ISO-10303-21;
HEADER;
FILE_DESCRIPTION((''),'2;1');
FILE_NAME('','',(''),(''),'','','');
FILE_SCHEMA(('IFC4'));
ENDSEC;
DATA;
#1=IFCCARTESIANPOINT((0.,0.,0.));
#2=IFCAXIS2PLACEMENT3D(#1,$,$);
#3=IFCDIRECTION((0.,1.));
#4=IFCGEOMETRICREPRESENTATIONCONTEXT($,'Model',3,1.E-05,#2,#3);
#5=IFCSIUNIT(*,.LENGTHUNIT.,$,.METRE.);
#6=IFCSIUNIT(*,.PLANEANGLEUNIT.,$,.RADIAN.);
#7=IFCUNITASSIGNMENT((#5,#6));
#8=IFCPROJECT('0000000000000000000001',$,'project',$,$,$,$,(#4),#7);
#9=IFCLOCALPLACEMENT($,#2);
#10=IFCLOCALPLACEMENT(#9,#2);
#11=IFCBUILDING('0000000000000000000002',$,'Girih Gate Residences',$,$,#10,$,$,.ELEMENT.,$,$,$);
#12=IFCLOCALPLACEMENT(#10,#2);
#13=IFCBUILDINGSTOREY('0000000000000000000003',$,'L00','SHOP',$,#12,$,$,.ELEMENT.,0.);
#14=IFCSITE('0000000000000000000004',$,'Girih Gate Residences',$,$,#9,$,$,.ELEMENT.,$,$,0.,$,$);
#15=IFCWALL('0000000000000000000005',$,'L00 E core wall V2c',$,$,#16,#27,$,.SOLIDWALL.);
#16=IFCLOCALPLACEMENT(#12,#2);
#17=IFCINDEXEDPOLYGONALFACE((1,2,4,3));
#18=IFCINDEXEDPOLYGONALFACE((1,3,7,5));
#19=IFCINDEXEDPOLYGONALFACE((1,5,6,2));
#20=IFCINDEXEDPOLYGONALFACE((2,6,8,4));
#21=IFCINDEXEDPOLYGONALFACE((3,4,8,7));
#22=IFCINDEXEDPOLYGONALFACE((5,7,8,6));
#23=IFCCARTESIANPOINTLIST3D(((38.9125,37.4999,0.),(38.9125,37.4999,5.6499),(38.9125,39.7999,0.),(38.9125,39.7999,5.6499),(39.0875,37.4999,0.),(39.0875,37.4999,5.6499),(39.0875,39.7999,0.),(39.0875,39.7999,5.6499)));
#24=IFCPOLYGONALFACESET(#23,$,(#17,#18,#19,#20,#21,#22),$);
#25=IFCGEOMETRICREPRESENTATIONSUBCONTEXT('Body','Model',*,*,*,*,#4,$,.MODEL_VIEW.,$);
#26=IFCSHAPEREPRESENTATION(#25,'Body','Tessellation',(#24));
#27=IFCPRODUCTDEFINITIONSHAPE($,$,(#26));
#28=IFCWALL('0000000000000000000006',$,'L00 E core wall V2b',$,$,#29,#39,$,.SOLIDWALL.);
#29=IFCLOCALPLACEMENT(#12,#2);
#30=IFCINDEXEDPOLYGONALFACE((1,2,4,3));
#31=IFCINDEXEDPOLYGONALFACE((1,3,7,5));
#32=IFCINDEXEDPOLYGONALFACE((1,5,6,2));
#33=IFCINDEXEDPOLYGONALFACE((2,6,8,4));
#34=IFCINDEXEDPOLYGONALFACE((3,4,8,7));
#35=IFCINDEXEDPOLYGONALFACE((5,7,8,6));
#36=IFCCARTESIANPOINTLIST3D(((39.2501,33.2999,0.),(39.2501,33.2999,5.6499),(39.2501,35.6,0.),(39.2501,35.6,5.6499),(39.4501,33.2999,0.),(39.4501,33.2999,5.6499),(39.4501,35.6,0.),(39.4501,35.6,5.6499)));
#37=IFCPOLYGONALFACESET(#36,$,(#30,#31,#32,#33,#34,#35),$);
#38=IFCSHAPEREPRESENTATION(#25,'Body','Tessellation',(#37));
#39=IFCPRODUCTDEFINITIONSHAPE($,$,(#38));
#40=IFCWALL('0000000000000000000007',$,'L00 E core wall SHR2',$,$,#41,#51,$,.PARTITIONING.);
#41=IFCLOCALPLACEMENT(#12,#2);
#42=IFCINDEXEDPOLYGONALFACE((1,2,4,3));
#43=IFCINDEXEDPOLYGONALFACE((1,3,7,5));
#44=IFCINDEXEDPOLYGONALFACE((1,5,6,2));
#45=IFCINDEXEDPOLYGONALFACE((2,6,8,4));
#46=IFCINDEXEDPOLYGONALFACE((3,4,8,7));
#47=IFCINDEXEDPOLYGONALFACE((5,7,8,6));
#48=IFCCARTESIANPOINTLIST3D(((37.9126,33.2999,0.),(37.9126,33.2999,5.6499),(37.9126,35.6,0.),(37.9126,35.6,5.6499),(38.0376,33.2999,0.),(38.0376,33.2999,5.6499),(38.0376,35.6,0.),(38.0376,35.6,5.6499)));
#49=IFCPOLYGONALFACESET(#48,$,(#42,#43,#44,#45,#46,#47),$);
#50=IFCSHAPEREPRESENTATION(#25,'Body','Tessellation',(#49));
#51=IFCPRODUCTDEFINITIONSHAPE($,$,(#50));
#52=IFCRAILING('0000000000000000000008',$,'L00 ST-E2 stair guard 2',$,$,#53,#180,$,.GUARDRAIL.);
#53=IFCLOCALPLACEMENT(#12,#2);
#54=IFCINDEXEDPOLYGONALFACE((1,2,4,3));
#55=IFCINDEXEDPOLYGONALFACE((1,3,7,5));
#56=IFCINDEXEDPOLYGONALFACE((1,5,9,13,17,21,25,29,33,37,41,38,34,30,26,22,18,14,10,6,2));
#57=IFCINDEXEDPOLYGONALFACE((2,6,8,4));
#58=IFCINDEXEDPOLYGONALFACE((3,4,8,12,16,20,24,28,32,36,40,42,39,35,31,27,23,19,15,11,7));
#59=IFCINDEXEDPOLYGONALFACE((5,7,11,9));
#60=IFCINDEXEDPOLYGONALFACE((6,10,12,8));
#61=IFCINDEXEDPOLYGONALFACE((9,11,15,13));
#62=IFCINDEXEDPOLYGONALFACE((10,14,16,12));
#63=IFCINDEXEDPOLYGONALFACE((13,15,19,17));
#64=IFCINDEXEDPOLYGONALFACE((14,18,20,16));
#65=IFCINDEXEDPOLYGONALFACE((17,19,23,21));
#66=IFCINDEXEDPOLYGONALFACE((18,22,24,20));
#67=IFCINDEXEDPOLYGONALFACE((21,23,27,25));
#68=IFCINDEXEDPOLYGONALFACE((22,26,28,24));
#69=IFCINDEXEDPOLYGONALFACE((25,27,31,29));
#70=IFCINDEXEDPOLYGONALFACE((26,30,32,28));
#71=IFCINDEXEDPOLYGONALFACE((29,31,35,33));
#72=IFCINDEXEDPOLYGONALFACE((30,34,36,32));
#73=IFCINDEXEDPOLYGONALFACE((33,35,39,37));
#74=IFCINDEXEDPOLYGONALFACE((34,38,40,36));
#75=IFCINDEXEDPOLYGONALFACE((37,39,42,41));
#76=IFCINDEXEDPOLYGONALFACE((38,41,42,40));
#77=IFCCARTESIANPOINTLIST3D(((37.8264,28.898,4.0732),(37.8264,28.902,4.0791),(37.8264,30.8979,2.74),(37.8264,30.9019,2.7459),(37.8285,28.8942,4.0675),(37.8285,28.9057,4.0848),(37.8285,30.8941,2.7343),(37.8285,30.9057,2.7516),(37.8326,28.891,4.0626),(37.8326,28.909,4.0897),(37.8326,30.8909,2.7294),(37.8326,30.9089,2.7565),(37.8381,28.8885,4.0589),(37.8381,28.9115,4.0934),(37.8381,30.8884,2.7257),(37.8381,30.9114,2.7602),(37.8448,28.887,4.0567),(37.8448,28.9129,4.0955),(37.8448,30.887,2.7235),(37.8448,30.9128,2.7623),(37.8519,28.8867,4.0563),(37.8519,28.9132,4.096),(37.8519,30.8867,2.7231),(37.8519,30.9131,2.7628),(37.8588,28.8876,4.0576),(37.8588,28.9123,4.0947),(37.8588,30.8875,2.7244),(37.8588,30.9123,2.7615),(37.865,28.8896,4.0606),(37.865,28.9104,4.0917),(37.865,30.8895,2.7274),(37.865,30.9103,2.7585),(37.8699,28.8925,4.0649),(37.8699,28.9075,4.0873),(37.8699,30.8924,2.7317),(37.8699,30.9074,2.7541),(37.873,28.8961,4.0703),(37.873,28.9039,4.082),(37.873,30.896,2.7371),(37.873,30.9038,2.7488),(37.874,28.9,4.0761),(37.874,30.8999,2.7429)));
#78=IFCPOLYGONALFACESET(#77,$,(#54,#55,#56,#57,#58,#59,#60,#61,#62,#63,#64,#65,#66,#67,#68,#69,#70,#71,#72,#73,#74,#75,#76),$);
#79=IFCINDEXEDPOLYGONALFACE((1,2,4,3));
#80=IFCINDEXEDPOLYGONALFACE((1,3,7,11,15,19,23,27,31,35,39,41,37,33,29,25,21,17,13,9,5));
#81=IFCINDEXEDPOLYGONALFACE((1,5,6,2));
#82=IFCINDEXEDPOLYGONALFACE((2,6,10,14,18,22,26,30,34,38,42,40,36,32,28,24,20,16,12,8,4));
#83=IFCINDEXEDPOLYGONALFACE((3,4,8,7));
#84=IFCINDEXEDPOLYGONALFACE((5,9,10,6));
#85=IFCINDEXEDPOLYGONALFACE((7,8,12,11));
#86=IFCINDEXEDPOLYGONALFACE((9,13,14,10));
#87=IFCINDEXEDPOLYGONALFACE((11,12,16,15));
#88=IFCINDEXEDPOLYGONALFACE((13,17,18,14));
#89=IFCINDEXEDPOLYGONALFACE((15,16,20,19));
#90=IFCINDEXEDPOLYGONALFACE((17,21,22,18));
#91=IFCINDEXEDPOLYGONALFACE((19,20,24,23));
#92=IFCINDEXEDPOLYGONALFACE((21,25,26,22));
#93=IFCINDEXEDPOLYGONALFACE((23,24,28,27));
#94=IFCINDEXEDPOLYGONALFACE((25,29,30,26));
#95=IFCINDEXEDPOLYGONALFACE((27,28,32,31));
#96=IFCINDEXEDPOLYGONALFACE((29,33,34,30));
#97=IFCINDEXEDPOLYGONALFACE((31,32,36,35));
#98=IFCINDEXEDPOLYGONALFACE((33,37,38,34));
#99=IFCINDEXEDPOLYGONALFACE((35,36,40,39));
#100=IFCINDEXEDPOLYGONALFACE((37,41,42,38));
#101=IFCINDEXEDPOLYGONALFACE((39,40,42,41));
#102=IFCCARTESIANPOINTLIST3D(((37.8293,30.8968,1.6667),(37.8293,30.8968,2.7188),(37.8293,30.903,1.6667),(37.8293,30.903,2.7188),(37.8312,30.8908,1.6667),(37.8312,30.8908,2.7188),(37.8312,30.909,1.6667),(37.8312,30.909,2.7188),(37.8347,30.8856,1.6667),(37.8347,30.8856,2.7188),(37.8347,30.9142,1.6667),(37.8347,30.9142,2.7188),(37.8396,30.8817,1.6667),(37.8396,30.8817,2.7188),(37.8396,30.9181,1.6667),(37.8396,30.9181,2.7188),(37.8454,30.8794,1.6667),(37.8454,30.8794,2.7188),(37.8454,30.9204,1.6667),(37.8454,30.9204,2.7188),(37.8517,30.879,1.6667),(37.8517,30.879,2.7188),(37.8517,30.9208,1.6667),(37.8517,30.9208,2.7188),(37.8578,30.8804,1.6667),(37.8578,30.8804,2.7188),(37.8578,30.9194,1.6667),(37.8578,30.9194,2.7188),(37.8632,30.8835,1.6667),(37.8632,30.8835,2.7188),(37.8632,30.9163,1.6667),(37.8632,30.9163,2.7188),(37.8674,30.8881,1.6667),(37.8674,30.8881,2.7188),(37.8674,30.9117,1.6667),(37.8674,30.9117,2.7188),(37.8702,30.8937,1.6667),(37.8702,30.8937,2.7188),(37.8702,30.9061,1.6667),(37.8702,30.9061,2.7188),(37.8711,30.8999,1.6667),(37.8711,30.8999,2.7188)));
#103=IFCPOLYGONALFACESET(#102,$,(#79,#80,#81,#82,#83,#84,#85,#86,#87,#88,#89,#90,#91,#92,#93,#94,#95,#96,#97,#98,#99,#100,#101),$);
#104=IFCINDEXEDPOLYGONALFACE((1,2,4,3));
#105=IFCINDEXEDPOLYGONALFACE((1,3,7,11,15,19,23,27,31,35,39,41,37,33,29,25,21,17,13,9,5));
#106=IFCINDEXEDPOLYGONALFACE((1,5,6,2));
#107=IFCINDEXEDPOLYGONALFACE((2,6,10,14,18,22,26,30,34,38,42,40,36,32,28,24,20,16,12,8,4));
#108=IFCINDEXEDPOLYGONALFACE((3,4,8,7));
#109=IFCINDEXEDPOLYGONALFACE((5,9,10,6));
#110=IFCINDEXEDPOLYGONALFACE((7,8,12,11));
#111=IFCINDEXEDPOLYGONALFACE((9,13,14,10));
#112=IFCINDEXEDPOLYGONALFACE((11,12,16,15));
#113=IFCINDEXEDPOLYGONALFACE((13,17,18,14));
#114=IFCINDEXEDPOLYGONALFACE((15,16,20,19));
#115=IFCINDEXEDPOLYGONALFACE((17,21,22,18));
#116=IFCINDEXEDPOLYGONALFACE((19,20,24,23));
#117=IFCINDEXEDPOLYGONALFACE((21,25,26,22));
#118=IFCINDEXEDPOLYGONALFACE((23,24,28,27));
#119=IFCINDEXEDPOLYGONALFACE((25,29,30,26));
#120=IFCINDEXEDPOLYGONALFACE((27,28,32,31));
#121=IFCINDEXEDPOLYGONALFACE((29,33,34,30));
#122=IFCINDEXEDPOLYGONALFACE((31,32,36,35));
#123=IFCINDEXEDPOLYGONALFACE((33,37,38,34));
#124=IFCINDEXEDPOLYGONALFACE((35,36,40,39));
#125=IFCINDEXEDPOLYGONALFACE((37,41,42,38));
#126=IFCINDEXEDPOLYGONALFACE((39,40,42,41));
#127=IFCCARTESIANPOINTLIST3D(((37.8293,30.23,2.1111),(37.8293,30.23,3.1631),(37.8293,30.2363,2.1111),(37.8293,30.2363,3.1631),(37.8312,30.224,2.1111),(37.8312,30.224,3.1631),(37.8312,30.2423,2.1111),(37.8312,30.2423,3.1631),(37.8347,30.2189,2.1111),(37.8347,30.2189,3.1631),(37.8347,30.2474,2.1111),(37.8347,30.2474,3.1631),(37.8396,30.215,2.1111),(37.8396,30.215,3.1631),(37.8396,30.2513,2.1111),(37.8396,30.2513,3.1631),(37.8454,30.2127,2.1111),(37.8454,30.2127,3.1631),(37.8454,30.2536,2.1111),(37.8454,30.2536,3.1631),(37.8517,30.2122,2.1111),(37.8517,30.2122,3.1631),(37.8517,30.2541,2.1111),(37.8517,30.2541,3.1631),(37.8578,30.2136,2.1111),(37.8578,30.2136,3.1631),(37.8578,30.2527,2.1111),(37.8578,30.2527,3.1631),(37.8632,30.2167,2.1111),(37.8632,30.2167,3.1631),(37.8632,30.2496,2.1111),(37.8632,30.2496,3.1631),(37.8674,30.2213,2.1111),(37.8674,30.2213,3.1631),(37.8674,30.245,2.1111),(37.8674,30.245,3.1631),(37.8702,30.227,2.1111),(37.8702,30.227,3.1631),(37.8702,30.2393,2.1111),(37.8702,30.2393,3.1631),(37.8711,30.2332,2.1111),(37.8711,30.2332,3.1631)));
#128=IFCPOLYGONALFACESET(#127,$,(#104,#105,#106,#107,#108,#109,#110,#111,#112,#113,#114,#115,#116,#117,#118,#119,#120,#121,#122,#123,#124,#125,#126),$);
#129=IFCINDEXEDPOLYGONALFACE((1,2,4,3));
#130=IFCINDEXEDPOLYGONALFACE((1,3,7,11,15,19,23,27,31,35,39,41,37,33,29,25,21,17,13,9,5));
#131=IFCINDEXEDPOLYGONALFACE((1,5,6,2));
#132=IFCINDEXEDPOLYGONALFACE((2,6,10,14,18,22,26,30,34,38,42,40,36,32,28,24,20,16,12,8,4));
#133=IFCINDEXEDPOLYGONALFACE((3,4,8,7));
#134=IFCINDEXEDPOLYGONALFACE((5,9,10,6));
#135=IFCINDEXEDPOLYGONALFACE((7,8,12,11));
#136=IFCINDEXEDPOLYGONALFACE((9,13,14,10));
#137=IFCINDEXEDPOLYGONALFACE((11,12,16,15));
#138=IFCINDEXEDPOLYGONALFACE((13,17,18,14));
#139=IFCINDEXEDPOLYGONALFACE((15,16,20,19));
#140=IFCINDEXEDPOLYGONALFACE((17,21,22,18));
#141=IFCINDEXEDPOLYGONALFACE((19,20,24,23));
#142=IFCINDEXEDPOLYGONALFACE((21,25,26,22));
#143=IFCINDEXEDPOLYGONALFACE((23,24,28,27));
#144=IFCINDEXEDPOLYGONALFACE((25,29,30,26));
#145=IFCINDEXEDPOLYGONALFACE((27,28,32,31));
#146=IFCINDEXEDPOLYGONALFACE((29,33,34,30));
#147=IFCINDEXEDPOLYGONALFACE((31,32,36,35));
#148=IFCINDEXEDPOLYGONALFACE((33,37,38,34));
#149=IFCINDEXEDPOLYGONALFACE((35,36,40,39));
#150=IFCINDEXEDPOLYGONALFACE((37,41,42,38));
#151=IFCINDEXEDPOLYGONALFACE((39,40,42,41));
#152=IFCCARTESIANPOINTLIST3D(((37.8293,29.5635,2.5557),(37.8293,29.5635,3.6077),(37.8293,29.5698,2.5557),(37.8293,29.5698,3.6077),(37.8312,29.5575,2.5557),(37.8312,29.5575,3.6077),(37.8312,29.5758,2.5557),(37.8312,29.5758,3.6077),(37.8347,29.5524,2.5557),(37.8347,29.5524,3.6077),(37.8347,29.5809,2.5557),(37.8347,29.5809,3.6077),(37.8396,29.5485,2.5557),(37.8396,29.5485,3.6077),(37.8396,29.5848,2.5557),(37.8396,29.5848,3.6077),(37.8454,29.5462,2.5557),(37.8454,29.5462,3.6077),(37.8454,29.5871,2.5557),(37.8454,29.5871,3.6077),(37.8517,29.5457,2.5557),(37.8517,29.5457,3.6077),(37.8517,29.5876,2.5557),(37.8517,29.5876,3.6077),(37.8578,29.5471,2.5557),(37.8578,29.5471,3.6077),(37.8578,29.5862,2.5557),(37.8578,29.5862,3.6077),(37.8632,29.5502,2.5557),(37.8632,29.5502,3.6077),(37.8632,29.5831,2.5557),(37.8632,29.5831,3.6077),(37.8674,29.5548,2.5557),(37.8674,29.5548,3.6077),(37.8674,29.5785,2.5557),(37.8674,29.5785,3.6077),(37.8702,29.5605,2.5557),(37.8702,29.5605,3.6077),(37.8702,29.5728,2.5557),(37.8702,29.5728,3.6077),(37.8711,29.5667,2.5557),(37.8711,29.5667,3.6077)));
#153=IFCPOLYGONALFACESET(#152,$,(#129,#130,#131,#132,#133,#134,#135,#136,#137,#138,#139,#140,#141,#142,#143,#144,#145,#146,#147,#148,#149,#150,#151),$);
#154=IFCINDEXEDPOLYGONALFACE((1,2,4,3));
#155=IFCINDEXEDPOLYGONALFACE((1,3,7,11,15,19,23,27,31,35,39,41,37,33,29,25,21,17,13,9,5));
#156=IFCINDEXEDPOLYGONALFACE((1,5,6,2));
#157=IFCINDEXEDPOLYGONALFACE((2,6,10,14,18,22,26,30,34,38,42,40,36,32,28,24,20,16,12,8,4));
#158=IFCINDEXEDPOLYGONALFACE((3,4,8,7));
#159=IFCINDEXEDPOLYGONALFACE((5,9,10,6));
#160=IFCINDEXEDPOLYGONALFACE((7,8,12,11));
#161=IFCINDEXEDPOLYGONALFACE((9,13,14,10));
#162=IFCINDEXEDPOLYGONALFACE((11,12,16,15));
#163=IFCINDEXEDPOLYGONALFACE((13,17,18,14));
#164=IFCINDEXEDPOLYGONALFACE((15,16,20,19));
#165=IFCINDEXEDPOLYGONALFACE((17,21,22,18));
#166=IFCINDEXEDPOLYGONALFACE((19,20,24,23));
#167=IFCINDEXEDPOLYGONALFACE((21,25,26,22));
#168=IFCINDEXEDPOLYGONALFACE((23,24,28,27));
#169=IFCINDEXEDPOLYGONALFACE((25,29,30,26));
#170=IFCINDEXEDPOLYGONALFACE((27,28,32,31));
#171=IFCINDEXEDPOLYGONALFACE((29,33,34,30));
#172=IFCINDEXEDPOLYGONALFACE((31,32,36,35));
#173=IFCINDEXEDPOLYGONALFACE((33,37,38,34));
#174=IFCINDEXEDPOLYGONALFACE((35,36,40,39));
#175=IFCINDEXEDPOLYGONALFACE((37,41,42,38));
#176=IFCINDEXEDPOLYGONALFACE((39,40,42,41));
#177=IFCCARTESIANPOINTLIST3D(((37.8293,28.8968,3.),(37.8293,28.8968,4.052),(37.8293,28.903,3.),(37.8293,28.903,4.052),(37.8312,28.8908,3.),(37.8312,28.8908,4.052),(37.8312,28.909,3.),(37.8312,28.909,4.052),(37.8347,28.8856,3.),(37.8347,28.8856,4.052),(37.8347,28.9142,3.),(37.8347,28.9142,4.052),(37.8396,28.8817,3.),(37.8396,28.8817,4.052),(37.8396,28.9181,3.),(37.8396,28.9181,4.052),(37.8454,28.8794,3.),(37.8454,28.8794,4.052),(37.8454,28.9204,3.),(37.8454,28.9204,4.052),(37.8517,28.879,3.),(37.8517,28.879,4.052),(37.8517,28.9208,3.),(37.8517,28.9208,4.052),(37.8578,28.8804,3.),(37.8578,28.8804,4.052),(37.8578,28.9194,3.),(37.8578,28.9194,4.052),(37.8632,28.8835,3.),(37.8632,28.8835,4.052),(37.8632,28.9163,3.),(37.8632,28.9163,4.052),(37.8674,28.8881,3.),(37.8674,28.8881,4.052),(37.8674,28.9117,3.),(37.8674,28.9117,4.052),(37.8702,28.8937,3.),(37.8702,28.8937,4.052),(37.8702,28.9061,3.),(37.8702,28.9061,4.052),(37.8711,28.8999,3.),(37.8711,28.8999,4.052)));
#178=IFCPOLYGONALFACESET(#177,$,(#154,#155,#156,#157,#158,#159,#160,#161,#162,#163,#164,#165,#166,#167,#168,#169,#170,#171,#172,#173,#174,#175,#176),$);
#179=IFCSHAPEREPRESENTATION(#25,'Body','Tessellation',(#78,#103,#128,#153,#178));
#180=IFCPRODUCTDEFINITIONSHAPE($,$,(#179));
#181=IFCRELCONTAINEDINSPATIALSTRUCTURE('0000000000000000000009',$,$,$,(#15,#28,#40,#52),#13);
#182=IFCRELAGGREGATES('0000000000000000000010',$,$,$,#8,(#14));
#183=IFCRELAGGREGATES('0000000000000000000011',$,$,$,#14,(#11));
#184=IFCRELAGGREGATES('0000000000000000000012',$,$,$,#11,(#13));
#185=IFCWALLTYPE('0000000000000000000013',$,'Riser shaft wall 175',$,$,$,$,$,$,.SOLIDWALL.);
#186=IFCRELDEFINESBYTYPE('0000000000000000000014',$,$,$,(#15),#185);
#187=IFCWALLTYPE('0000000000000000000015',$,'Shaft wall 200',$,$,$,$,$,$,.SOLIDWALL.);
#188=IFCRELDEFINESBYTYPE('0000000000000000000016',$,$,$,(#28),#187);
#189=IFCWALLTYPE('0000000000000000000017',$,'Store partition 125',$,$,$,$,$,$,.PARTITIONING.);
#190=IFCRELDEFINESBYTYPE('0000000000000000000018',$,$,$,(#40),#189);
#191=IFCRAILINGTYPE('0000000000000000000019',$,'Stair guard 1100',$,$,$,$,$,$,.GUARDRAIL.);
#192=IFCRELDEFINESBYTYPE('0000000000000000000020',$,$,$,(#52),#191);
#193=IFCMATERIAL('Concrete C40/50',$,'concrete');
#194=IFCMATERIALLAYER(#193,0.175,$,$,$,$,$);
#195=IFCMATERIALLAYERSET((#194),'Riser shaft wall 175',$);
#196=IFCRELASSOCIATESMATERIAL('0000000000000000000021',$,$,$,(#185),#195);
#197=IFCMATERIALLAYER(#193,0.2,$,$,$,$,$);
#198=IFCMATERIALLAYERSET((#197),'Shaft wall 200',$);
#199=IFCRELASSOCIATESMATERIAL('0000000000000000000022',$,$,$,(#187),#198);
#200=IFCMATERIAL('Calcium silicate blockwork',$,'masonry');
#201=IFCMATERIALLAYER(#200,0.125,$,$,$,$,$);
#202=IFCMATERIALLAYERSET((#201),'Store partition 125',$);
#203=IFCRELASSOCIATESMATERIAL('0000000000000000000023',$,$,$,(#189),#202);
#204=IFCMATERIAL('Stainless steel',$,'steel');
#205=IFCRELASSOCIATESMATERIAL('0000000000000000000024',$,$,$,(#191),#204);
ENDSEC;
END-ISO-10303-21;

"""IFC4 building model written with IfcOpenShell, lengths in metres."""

from ifc_helpers import new_model, si_unit, direction, frame, frame_2d, origin, origin_2d, place, context, subcontext, project, spatial, rectangle, circle, extrude, material, layer, layer_set, type_object, element, save


model = new_model("IFC4")

# Units and contexts
model_context = context("Model", 3, precision=1e-05, world=origin(), true_north=direction((0.0, 1.0)))
body_context = subcontext(model_context, "Body", "Model", "MODEL_VIEW")
ifc_project = project(units=[si_unit("LENGTHUNIT", "METRE"), si_unit("PLANEANGLEUNIT", "RADIAN")], contexts=[model_context])

# Site, building, storey
site_placement = place(None, origin())
site = spatial("IfcSite", under=ifc_project, at=site_placement, Name="Girih Gate Residences", CompositionType="ELEMENT", RefElevation=0.0)
building_placement = place(site_placement, origin())
building = spatial("IfcBuilding", under=site, at=building_placement, Name="Girih Gate Residences", CompositionType="ELEMENT")
storey_placement = place(building_placement, origin())
storey = spatial("IfcBuildingStorey", under=building, at=storey_placement, Name="L00", Description="SHOP", CompositionType="ELEMENT", Elevation=0.0)

# Shared definitions
ifc_material_1 = material(Name="Concrete C40/50", Category="concrete")

# Shared definitions
ifc_material_2 = material(Name="Stainless steel", Category="steel")

# Walls
ifc_layer_1 = layer(ifc_material_1, 0.175)
ifc_layer_set_1 = layer_set([ifc_layer_1], Name="Riser shaft wall 175")
wall_type_1 = type_object("IfcWallType", Name="Riser shaft wall 175", PredefinedType="SOLIDWALL", material=ifc_layer_set_1)
wall_1_placement = place(storey_placement, frame((39.0, 37.5, 0.0), z_axis=(0.0, 0.0, 1.0), x_axis=(0.0, 1.0, 0.0)))
element("IfcWall", 1, at=wall_1_placement, inside=storey, type_object=wall_type_1, Name="L00 E core wall V2c", PredefinedType="SOLIDWALL", context=body_context, shape_type="SweptSolid", body=[
    extrude(rectangle(XDim=2.3, YDim=0.175, at=frame_2d((1.1499, 0.0))), origin(), (0.0, 0.0, 1.0), 5.6499),
])
ifc_layer_2 = layer(ifc_material_1, 0.2)
ifc_layer_set_2 = layer_set([ifc_layer_2], Name="Shaft wall 200")
wall_type_2 = type_object("IfcWallType", Name="Shaft wall 200", PredefinedType="SOLIDWALL", material=ifc_layer_set_2)
wall_2_placement = place(storey_placement, frame((39.3501, 33.3, 0.0), z_axis=(0.0, 0.0, 1.0), x_axis=(0.0, 1.0, 0.0)))
element("IfcWall", 2, at=wall_2_placement, inside=storey, type_object=wall_type_2, Name="L00 E core wall V2b", PredefinedType="SOLIDWALL", context=body_context, shape_type="SweptSolid", body=[
    extrude(rectangle(XDim=2.3, YDim=0.2, at=frame_2d((1.1499, 0.0))), origin(), (0.0, 0.0, 1.0), 5.6499),
])
ifc_material_3 = material(Name="Calcium silicate blockwork", Category="masonry")
ifc_layer_3 = layer(ifc_material_3, 0.125)
ifc_layer_set_3 = layer_set([ifc_layer_3], Name="Store partition 125")
wall_type_3 = type_object("IfcWallType", Name="Store partition 125", PredefinedType="PARTITIONING", material=ifc_layer_set_3)
wall_3_placement = place(storey_placement, frame((37.9751, 33.3, 0.0), z_axis=(0.0, 0.0, 1.0), x_axis=(0.0, 1.0, 0.0)))
element("IfcWall", 3, at=wall_3_placement, inside=storey, type_object=wall_type_3, Name="L00 E core wall SHR2", PredefinedType="PARTITIONING", context=body_context, shape_type="SweptSolid", body=[
    extrude(rectangle(XDim=2.3, YDim=0.125, at=frame_2d((1.1499, 0.0))), origin(), (0.0, 0.0, 1.0), 5.6499),
])

# Railing
railing_type = type_object("IfcRailingType", Name="Stair guard 1100", PredefinedType="GUARDRAIL", material=ifc_material_2)
for number, where, name in (
    (4, (37.8501, 30.8999, 1.6667), "L00 ST-E2 stair guard 2"),
):
    element("IfcRailing", number, at=place(storey_placement, frame(where)), inside=storey, type_object=railing_type, Name=name, PredefinedType="GUARDRAIL", context=body_context, shape_type="SweptSolid", body=[
        extrude(circle(Radius=0.0239, at=origin_2d()), frame((0.0, 0.0, 1.0762), z_axis=(0.0, -0.832066, 0.554677), x_axis=(1.0, 0.0, 0.0)), (0.0, 0.0, 1.0), 2.4036),
        extrude(circle(Radius=0.021, at=origin_2d()), origin(), (0.0, 0.0, 1.0), 1.052),
        extrude(circle(Radius=0.021, at=origin_2d()), frame((0.0, -0.6667, 0.4443)), (0.0, 0.0, 1.0), 1.052),
        extrude(circle(Radius=0.021, at=origin_2d()), frame((0.0, -1.3333, 0.8889)), (0.0, 0.0, 1.0), 1.052),
        extrude(circle(Radius=0.021, at=origin_2d()), frame((0.0, -2.0, 1.3333)), (0.0, 0.0, 1.0), 1.052),
    ])

save(model, "model.ifc")
